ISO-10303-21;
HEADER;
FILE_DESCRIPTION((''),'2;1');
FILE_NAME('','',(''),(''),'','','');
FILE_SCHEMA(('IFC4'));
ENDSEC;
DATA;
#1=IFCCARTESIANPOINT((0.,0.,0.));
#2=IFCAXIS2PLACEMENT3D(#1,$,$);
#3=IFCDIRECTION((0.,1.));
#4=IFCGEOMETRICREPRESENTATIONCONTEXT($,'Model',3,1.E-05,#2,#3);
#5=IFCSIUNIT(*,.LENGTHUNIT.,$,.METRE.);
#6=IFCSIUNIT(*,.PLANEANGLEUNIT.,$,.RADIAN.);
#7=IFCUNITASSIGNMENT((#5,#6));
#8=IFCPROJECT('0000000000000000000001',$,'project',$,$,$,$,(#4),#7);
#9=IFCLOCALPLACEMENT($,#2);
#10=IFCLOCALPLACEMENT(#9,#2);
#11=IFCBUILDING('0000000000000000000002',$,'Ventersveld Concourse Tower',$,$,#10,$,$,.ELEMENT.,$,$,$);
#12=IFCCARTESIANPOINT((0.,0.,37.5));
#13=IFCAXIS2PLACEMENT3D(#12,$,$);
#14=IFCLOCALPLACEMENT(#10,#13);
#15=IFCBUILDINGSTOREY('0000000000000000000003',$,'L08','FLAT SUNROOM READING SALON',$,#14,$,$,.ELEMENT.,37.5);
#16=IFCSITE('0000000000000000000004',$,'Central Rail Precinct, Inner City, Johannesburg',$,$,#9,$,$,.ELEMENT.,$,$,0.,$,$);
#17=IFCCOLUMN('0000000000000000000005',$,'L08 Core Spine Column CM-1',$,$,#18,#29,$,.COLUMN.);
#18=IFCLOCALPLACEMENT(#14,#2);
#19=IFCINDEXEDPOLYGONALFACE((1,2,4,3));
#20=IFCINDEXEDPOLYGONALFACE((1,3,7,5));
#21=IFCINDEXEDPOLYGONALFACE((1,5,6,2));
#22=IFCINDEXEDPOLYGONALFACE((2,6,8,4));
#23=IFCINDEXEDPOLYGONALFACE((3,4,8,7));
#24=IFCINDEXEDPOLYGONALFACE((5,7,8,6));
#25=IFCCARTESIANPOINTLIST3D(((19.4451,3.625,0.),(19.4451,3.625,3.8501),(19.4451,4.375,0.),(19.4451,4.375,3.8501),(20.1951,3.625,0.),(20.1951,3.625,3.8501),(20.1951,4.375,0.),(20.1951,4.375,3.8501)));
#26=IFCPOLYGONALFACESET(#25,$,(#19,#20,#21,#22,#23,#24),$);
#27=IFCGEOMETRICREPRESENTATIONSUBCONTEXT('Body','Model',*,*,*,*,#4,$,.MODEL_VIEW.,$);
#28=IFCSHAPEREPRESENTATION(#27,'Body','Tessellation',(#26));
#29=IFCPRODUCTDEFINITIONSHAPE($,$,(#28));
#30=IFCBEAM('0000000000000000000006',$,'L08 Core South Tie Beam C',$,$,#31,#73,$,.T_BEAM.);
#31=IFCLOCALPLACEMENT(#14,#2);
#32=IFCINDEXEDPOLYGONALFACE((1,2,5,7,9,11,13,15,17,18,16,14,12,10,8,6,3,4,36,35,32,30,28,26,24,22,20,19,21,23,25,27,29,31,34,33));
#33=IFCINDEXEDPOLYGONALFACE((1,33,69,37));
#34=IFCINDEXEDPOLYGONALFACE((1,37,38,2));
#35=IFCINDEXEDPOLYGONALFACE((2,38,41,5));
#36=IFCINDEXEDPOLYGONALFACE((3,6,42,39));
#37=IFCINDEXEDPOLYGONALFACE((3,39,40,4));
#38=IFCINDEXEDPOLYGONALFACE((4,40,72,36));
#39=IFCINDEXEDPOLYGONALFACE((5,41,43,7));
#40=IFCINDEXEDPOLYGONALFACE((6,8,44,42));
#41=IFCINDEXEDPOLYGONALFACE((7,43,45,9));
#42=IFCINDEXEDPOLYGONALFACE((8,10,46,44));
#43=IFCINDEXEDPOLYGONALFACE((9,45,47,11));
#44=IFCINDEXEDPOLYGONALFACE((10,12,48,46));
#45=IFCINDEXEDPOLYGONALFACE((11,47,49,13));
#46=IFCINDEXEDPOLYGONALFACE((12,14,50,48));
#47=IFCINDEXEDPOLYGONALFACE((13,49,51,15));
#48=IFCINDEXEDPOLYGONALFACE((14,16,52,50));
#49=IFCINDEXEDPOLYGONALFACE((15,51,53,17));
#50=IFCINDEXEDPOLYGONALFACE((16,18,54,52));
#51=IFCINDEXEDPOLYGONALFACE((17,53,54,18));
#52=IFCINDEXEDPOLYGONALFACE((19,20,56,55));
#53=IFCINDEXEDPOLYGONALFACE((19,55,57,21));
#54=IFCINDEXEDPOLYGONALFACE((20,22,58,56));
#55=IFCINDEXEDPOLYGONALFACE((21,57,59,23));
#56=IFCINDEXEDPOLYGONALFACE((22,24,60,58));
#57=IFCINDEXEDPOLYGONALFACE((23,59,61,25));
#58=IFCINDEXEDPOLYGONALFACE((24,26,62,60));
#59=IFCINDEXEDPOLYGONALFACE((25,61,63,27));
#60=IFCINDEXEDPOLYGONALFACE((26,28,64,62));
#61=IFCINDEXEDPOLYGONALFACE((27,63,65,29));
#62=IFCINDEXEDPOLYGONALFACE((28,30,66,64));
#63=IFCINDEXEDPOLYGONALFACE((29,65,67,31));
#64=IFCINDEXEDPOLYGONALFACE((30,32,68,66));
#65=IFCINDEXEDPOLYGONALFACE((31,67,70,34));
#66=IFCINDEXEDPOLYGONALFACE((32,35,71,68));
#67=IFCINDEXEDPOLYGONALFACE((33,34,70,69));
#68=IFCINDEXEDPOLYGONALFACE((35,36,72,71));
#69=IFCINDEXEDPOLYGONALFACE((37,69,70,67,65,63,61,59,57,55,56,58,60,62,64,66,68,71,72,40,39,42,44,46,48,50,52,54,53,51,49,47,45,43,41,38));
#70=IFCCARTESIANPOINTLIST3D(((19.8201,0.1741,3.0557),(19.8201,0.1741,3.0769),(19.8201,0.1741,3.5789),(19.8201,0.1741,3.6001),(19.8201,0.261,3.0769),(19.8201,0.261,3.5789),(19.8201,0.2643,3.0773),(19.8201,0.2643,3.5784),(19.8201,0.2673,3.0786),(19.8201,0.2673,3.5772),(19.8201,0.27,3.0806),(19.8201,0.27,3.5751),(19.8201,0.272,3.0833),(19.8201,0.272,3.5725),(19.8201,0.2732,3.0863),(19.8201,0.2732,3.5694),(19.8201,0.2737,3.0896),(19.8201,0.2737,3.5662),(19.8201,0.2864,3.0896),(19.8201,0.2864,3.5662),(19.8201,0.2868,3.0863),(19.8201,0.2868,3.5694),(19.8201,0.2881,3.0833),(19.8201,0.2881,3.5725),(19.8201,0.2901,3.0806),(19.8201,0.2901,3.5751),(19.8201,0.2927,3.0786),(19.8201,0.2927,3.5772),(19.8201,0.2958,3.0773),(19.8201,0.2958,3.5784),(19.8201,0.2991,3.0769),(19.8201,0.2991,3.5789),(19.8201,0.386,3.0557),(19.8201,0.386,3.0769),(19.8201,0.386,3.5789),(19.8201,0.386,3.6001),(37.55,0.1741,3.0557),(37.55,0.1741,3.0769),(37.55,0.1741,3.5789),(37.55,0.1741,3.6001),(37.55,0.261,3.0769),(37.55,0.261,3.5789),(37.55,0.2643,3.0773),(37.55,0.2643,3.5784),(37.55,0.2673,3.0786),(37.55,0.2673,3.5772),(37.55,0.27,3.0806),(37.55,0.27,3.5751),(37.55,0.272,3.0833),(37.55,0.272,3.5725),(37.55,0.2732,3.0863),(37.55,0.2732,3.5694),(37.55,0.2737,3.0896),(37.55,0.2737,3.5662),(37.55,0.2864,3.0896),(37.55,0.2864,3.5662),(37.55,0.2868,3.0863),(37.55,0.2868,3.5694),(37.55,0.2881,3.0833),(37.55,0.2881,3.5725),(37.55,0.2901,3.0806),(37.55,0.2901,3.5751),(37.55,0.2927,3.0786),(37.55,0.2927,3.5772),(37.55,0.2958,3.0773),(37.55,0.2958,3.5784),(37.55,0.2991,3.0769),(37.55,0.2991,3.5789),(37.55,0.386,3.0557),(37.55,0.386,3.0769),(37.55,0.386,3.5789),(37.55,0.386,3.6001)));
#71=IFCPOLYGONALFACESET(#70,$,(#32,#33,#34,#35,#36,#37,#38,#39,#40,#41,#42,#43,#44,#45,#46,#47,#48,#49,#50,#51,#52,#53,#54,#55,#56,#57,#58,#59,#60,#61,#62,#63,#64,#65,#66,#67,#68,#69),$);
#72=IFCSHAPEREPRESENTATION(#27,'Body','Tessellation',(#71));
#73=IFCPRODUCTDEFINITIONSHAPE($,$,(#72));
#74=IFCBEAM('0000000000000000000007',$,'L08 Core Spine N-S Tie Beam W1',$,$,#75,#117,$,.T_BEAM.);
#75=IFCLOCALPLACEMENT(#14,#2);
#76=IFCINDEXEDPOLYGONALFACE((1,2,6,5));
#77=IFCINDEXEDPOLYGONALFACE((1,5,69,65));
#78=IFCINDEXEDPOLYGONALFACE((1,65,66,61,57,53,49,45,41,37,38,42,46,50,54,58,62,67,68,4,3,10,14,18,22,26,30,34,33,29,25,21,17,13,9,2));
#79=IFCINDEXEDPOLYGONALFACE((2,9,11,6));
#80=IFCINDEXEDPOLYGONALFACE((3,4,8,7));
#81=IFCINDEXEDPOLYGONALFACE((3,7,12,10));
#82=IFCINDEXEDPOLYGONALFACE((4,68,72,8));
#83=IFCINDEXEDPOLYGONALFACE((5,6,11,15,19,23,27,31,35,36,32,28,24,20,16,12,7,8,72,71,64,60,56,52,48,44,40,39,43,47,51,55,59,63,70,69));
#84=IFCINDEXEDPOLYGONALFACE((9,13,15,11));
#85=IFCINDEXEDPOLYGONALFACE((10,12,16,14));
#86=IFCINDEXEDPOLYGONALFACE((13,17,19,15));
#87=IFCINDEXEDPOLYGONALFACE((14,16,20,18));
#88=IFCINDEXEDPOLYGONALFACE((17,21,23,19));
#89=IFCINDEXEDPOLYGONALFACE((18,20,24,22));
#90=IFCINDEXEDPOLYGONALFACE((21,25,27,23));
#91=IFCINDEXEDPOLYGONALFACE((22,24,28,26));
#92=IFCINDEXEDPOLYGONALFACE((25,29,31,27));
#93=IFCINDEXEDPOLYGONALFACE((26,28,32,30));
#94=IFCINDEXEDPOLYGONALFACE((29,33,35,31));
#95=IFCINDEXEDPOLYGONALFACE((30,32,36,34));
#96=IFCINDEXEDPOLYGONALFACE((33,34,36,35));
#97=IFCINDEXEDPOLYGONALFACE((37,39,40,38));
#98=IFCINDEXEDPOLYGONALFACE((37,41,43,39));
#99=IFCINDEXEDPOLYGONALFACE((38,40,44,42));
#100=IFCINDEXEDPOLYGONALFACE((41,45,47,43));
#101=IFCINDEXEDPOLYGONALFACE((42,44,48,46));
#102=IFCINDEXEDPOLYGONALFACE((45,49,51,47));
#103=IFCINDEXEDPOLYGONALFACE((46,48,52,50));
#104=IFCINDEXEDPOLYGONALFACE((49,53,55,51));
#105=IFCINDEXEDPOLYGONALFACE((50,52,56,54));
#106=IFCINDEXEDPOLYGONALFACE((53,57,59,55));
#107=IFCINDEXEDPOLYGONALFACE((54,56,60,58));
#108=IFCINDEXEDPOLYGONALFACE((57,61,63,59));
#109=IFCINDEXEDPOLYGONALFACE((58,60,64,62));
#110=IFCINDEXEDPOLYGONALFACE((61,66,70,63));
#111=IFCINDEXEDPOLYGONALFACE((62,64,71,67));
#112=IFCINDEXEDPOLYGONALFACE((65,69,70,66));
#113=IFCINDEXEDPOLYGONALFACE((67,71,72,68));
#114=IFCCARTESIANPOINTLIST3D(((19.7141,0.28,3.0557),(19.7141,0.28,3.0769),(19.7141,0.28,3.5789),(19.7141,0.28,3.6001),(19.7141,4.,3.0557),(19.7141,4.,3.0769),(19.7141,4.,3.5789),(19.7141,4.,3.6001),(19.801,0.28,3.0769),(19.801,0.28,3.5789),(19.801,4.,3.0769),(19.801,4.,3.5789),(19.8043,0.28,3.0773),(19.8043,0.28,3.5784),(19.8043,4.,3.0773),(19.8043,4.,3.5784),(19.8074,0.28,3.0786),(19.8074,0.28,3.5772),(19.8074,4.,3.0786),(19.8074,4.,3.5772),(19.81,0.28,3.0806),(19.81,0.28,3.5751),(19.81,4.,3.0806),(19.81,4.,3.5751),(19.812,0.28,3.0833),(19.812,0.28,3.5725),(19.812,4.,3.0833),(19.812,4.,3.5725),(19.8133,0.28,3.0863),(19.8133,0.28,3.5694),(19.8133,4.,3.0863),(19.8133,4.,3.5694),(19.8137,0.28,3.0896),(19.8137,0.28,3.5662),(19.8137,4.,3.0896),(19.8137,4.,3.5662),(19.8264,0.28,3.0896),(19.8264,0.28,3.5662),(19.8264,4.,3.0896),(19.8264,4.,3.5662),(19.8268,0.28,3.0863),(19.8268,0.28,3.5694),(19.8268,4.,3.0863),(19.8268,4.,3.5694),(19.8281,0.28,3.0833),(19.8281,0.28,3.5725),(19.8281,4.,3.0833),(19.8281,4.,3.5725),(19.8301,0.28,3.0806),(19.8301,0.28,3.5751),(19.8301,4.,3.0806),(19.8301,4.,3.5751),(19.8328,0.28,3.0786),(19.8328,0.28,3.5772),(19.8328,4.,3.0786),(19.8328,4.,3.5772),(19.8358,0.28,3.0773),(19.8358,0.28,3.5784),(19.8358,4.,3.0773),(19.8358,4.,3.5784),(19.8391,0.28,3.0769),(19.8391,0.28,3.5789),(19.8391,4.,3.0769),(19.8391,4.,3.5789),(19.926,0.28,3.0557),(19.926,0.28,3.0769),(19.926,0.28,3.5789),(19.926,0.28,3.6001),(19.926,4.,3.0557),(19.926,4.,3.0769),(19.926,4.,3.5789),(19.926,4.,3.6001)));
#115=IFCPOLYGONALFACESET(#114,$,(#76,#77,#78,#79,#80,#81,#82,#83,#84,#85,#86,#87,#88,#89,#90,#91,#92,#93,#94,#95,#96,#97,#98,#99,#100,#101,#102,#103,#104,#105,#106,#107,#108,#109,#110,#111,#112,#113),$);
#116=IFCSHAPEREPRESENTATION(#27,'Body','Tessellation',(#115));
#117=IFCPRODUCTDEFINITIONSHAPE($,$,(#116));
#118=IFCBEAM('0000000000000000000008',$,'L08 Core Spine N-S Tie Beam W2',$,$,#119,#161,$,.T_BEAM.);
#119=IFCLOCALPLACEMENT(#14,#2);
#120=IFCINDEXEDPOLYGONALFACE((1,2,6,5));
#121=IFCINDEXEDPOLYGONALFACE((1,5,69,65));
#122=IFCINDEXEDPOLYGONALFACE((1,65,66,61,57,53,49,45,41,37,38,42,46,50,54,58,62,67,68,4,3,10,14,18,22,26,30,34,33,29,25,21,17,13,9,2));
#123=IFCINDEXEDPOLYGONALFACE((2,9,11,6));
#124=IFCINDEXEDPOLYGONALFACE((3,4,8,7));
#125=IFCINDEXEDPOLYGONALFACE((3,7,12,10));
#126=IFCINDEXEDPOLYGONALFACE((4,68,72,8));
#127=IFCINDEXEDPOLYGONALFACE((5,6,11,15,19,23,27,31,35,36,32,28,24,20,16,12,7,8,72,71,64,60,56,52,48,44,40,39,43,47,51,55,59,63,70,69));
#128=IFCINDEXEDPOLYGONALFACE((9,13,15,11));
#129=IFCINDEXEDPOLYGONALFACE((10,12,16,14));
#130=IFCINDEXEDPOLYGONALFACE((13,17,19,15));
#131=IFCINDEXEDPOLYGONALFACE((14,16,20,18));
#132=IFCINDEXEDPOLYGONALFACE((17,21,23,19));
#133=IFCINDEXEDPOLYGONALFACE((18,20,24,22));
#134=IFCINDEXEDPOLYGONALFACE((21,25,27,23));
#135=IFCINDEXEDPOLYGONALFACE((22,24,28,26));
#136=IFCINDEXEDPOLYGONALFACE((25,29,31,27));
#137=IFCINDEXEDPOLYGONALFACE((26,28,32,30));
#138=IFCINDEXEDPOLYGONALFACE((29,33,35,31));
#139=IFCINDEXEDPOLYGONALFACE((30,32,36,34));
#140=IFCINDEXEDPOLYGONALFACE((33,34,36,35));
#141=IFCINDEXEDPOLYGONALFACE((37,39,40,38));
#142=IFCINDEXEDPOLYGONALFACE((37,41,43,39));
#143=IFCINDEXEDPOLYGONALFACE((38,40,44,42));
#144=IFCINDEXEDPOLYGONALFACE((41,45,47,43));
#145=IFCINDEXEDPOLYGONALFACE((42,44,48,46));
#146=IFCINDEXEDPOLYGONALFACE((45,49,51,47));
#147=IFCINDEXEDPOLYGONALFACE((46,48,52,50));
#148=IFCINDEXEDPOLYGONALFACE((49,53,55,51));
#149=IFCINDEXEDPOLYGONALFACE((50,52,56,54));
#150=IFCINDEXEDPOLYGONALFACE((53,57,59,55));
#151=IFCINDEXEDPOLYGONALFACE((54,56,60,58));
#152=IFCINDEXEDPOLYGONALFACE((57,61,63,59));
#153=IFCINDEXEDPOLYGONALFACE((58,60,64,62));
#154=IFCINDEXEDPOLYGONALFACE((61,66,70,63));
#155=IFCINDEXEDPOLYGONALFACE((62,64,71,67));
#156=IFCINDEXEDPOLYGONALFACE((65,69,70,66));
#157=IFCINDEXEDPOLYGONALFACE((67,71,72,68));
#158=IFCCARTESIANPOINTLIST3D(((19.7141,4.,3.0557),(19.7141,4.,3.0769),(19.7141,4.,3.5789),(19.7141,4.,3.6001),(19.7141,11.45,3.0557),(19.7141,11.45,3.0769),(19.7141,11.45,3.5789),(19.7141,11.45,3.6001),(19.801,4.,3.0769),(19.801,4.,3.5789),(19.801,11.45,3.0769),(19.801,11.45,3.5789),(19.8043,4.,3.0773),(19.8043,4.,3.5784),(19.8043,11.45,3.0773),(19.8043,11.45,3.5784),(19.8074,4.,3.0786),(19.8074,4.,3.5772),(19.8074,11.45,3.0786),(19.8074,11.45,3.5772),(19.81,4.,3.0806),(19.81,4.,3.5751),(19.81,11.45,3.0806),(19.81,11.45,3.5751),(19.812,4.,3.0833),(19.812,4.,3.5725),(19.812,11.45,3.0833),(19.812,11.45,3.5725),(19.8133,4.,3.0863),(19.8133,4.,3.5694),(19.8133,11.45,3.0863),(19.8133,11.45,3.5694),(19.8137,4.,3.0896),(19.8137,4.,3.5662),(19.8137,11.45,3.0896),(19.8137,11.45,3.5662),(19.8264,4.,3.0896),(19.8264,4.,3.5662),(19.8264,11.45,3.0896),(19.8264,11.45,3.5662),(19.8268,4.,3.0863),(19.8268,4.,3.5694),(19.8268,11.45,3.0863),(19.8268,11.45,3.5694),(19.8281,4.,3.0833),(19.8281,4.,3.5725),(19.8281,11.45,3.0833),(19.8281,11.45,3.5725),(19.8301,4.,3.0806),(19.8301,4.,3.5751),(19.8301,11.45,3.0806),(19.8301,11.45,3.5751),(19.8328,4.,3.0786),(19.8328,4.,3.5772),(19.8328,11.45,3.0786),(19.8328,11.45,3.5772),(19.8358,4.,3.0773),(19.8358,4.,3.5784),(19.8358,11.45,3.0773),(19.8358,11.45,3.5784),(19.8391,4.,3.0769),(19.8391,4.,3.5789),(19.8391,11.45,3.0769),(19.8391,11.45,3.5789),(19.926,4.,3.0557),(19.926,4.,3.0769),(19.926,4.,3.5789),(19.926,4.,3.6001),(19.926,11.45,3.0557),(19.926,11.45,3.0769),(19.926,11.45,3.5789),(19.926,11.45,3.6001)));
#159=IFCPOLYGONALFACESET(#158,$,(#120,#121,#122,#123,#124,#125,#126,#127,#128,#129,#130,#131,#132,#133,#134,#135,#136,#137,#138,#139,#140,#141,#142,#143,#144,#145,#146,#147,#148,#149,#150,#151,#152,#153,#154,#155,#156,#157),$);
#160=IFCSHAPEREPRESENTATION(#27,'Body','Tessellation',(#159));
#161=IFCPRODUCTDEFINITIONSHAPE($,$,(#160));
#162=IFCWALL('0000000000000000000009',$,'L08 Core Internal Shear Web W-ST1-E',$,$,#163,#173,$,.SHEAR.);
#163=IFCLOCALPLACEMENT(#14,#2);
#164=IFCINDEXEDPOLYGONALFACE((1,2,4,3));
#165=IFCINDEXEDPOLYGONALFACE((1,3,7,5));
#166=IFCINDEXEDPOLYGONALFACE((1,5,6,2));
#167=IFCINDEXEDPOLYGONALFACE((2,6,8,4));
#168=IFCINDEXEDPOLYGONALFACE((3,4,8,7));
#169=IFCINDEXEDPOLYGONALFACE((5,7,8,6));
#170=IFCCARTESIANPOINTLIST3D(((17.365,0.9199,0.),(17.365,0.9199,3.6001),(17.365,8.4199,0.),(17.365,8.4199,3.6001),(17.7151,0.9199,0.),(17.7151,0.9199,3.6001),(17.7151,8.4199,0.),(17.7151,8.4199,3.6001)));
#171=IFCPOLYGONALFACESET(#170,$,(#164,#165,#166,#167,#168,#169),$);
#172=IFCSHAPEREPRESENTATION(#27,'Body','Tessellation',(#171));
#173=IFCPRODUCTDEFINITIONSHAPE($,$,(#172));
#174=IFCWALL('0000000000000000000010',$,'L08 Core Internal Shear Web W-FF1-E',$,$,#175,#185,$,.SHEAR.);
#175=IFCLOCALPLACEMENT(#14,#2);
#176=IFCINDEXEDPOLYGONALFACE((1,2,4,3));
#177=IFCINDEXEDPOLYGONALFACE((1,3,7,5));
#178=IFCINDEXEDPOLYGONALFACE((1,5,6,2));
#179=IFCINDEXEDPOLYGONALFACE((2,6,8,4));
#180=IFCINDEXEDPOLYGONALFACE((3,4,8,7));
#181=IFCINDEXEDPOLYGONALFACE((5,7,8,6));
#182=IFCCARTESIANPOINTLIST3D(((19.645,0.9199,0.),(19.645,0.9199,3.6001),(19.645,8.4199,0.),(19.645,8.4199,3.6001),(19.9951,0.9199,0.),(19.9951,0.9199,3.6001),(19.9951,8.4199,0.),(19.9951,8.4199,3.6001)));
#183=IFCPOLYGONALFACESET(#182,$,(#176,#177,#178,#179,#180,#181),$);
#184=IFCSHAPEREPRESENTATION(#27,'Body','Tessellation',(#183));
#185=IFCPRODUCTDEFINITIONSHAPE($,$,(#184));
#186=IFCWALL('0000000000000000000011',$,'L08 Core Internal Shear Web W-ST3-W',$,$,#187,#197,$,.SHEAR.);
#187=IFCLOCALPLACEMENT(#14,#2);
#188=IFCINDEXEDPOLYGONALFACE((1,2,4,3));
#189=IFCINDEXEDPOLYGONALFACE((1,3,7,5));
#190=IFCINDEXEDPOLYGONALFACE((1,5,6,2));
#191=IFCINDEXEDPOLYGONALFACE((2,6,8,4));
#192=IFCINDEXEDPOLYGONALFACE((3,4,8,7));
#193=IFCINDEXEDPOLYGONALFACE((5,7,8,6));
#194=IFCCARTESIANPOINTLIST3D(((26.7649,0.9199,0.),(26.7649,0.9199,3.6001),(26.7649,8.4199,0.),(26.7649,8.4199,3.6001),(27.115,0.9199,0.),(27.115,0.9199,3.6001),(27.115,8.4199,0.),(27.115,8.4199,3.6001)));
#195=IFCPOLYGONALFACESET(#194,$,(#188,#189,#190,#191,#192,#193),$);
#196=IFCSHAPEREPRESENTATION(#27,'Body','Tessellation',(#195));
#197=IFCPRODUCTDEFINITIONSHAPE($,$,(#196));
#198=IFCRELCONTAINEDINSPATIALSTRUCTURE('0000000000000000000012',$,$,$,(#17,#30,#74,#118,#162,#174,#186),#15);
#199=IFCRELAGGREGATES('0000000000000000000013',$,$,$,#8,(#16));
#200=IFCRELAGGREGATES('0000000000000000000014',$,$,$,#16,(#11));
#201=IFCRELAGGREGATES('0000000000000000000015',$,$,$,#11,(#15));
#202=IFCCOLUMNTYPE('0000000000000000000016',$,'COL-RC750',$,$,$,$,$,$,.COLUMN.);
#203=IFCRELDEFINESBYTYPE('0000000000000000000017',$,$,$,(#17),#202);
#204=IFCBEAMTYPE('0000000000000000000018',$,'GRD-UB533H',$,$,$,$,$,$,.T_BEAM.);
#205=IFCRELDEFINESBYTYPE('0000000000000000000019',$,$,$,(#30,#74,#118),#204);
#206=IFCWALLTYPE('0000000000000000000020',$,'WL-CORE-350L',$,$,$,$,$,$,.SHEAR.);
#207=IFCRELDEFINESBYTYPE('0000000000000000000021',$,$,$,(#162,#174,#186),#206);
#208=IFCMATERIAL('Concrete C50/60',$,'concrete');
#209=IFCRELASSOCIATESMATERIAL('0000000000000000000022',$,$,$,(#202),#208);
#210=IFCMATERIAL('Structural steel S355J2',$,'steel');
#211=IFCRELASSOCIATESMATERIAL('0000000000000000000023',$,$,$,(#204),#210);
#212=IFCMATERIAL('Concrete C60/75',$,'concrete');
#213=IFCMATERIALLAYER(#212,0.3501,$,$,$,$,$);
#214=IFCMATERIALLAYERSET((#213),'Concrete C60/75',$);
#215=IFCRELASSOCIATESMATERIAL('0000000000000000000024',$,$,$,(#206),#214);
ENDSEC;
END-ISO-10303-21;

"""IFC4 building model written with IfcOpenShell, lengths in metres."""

from ifc_helpers import new_model, si_unit, direction, frame, frame_2d, origin, origin_2d, place, context, subcontext, project, spatial, rectangle, i_section, extrude, material, layer, layer_set, material_profile, profile_set, type_object, element, save


model = new_model("IFC4")

# Units and contexts
model_context = context("Model", 3, precision=1e-05, world=origin(), true_north=direction((0.0, 1.0)))
body_context = subcontext(model_context, "Body", "Model", "MODEL_VIEW")
ifc_project = project(units=[si_unit("LENGTHUNIT", "METRE"), si_unit("PLANEANGLEUNIT", "RADIAN")], contexts=[model_context])

# Site, building, storey
site_placement = place(None, origin())
site = spatial("IfcSite", under=ifc_project, at=site_placement, Name="Central Rail Precinct, Inner City, Johannesburg", CompositionType="ELEMENT", RefElevation=0.0)
building_placement = place(site_placement, origin())
building = spatial("IfcBuilding", under=site, at=building_placement, Name="Ventersveld Concourse Tower", CompositionType="ELEMENT")
storey_placement = place(building_placement, frame((0.0, 0.0, 37.5)))
storey = spatial("IfcBuildingStorey", under=building, at=storey_placement, Name="L08", Description="FLAT SUNROOM READING SALON", CompositionType="ELEMENT", Elevation=37.5)

# Column
ifc_material_1 = material(Name="Concrete C50/60", Category="concrete")
ifc_material_profile_1 = material_profile(ifc_material_1, rectangle(XDim=0.75, YDim=0.75, at=origin_2d()), Name="RC 750x750")
ifc_profile_set_1 = profile_set([ifc_material_profile_1], Name="Concrete C50/60")
column_type = type_object("IfcColumnType", Name="COL-RC750", PredefinedType="COLUMN", material=ifc_profile_set_1)
column_placement = place(storey_placement, frame((19.8201, 4.0, 0.0), z_axis=(0.0, 0.0, 1.0), x_axis=(1.0, 0.0, 0.0)))
element("IfcColumn", 1, at=column_placement, inside=storey, type_object=column_type, Name="L08 Core Spine Column CM-1", PredefinedType="COLUMN", context=body_context, shape_type="SweptSolid", body=[
    extrude(rectangle(XDim=0.75, YDim=0.75, at=origin_2d()), origin(), (0.0, 0.0, 1.0), 3.8501),
])

# Beams
ifc_material_2 = material(Name="Structural steel S355J2", Category="steel")
ifc_material_profile_2 = material_profile(ifc_material_2, i_section(OverallWidth=0.2119, OverallDepth=0.5444, WebThickness=0.0127, FlangeThickness=0.0212, FilletRadius=0.0127, at=origin_2d()), Name="UB 533x210x122")
ifc_profile_set_2 = profile_set([ifc_material_profile_2], Name="Structural steel S355J2")
beam_type = type_object("IfcBeamType", Name="GRD-UB533H", PredefinedType="T_BEAM", material=ifc_profile_set_2)
beam_1_placement = place(storey_placement, frame((19.8201, 0.28, 3.3279), z_axis=(1.0, 0.0, 0.0), x_axis=(0.0, 1.0, 0.0)))
element("IfcBeam", 2, at=beam_1_placement, inside=storey, type_object=beam_type, Name="L08 Core South Tie Beam C", PredefinedType="T_BEAM", context=body_context, shape_type="SweptSolid", body=[
    extrude(i_section(OverallWidth=0.2119, OverallDepth=0.5444, WebThickness=0.0127, FlangeThickness=0.0212, FilletRadius=0.0127, at=origin_2d()), origin(), (0.0, 0.0, 1.0), 17.73),
])
beam_2_placement = place(storey_placement, frame((19.8201, 0.28, 3.3279), z_axis=(0.0, 1.0, 0.0), x_axis=(-1.0, 0.0, 0.0)))
element("IfcBeam", 3, at=beam_2_placement, inside=storey, type_object=beam_type, Name="L08 Core Spine N-S Tie Beam W1", PredefinedType="T_BEAM", context=body_context, shape_type="SweptSolid", body=[
    extrude(i_section(OverallWidth=0.2119, OverallDepth=0.5444, WebThickness=0.0127, FlangeThickness=0.0212, FilletRadius=0.0127, at=origin_2d()), origin(), (0.0, 0.0, 1.0), 3.72),
])
beam_3_placement = place(storey_placement, frame((19.8201, 4.0, 3.3279), z_axis=(0.0, 1.0, 0.0), x_axis=(-1.0, 0.0, 0.0)))
element("IfcBeam", 4, at=beam_3_placement, inside=storey, type_object=beam_type, Name="L08 Core Spine N-S Tie Beam W2", PredefinedType="T_BEAM", context=body_context, shape_type="SweptSolid", body=[
    extrude(i_section(OverallWidth=0.2119, OverallDepth=0.5444, WebThickness=0.0127, FlangeThickness=0.0212, FilletRadius=0.0127, at=origin_2d()), origin(), (0.0, 0.0, 1.0), 7.45),
])

# Walls
ifc_material_3 = material(Name="Concrete C60/75", Category="concrete")
ifc_layer_1 = layer(ifc_material_3, 0.3501)
ifc_layer_set_1 = layer_set([ifc_layer_1], Name="Concrete C60/75")
wall_type_1 = type_object("IfcWallType", Name="WL-CORE-350L", PredefinedType="SHEAR", material=ifc_layer_set_1)
for number, where, z_axis, x_axis, name in (
    (5, (17.54, 0.9199, 0.0), (0.0, 0.0, 1.0), (0.0, 1.0, 0.0), "L08 Core Internal Shear Web W-ST1-E"),
    (6, (19.8201, 0.9199, 0.0), (0.0, 0.0, 1.0), (0.0, 1.0, 0.0), "L08 Core Internal Shear Web W-FF1-E"),
    (7, (26.9399, 0.9199, 0.0), (0.0, 0.0, 1.0), (0.0, 1.0, 0.0), "L08 Core Internal Shear Web W-ST3-W"),
):
    element("IfcWall", number, at=place(storey_placement, frame(where, z_axis=z_axis, x_axis=x_axis)), inside=storey, type_object=wall_type_1, Name=name, PredefinedType="SHEAR", context=body_context, shape_type="SweptSolid", body=[
        extrude(rectangle(XDim=7.5, YDim=0.3501, at=frame_2d((3.75, 0.0))), origin(), (0.0, 0.0, 1.0), 3.6001),
    ])

save(model, "model.ifc")
